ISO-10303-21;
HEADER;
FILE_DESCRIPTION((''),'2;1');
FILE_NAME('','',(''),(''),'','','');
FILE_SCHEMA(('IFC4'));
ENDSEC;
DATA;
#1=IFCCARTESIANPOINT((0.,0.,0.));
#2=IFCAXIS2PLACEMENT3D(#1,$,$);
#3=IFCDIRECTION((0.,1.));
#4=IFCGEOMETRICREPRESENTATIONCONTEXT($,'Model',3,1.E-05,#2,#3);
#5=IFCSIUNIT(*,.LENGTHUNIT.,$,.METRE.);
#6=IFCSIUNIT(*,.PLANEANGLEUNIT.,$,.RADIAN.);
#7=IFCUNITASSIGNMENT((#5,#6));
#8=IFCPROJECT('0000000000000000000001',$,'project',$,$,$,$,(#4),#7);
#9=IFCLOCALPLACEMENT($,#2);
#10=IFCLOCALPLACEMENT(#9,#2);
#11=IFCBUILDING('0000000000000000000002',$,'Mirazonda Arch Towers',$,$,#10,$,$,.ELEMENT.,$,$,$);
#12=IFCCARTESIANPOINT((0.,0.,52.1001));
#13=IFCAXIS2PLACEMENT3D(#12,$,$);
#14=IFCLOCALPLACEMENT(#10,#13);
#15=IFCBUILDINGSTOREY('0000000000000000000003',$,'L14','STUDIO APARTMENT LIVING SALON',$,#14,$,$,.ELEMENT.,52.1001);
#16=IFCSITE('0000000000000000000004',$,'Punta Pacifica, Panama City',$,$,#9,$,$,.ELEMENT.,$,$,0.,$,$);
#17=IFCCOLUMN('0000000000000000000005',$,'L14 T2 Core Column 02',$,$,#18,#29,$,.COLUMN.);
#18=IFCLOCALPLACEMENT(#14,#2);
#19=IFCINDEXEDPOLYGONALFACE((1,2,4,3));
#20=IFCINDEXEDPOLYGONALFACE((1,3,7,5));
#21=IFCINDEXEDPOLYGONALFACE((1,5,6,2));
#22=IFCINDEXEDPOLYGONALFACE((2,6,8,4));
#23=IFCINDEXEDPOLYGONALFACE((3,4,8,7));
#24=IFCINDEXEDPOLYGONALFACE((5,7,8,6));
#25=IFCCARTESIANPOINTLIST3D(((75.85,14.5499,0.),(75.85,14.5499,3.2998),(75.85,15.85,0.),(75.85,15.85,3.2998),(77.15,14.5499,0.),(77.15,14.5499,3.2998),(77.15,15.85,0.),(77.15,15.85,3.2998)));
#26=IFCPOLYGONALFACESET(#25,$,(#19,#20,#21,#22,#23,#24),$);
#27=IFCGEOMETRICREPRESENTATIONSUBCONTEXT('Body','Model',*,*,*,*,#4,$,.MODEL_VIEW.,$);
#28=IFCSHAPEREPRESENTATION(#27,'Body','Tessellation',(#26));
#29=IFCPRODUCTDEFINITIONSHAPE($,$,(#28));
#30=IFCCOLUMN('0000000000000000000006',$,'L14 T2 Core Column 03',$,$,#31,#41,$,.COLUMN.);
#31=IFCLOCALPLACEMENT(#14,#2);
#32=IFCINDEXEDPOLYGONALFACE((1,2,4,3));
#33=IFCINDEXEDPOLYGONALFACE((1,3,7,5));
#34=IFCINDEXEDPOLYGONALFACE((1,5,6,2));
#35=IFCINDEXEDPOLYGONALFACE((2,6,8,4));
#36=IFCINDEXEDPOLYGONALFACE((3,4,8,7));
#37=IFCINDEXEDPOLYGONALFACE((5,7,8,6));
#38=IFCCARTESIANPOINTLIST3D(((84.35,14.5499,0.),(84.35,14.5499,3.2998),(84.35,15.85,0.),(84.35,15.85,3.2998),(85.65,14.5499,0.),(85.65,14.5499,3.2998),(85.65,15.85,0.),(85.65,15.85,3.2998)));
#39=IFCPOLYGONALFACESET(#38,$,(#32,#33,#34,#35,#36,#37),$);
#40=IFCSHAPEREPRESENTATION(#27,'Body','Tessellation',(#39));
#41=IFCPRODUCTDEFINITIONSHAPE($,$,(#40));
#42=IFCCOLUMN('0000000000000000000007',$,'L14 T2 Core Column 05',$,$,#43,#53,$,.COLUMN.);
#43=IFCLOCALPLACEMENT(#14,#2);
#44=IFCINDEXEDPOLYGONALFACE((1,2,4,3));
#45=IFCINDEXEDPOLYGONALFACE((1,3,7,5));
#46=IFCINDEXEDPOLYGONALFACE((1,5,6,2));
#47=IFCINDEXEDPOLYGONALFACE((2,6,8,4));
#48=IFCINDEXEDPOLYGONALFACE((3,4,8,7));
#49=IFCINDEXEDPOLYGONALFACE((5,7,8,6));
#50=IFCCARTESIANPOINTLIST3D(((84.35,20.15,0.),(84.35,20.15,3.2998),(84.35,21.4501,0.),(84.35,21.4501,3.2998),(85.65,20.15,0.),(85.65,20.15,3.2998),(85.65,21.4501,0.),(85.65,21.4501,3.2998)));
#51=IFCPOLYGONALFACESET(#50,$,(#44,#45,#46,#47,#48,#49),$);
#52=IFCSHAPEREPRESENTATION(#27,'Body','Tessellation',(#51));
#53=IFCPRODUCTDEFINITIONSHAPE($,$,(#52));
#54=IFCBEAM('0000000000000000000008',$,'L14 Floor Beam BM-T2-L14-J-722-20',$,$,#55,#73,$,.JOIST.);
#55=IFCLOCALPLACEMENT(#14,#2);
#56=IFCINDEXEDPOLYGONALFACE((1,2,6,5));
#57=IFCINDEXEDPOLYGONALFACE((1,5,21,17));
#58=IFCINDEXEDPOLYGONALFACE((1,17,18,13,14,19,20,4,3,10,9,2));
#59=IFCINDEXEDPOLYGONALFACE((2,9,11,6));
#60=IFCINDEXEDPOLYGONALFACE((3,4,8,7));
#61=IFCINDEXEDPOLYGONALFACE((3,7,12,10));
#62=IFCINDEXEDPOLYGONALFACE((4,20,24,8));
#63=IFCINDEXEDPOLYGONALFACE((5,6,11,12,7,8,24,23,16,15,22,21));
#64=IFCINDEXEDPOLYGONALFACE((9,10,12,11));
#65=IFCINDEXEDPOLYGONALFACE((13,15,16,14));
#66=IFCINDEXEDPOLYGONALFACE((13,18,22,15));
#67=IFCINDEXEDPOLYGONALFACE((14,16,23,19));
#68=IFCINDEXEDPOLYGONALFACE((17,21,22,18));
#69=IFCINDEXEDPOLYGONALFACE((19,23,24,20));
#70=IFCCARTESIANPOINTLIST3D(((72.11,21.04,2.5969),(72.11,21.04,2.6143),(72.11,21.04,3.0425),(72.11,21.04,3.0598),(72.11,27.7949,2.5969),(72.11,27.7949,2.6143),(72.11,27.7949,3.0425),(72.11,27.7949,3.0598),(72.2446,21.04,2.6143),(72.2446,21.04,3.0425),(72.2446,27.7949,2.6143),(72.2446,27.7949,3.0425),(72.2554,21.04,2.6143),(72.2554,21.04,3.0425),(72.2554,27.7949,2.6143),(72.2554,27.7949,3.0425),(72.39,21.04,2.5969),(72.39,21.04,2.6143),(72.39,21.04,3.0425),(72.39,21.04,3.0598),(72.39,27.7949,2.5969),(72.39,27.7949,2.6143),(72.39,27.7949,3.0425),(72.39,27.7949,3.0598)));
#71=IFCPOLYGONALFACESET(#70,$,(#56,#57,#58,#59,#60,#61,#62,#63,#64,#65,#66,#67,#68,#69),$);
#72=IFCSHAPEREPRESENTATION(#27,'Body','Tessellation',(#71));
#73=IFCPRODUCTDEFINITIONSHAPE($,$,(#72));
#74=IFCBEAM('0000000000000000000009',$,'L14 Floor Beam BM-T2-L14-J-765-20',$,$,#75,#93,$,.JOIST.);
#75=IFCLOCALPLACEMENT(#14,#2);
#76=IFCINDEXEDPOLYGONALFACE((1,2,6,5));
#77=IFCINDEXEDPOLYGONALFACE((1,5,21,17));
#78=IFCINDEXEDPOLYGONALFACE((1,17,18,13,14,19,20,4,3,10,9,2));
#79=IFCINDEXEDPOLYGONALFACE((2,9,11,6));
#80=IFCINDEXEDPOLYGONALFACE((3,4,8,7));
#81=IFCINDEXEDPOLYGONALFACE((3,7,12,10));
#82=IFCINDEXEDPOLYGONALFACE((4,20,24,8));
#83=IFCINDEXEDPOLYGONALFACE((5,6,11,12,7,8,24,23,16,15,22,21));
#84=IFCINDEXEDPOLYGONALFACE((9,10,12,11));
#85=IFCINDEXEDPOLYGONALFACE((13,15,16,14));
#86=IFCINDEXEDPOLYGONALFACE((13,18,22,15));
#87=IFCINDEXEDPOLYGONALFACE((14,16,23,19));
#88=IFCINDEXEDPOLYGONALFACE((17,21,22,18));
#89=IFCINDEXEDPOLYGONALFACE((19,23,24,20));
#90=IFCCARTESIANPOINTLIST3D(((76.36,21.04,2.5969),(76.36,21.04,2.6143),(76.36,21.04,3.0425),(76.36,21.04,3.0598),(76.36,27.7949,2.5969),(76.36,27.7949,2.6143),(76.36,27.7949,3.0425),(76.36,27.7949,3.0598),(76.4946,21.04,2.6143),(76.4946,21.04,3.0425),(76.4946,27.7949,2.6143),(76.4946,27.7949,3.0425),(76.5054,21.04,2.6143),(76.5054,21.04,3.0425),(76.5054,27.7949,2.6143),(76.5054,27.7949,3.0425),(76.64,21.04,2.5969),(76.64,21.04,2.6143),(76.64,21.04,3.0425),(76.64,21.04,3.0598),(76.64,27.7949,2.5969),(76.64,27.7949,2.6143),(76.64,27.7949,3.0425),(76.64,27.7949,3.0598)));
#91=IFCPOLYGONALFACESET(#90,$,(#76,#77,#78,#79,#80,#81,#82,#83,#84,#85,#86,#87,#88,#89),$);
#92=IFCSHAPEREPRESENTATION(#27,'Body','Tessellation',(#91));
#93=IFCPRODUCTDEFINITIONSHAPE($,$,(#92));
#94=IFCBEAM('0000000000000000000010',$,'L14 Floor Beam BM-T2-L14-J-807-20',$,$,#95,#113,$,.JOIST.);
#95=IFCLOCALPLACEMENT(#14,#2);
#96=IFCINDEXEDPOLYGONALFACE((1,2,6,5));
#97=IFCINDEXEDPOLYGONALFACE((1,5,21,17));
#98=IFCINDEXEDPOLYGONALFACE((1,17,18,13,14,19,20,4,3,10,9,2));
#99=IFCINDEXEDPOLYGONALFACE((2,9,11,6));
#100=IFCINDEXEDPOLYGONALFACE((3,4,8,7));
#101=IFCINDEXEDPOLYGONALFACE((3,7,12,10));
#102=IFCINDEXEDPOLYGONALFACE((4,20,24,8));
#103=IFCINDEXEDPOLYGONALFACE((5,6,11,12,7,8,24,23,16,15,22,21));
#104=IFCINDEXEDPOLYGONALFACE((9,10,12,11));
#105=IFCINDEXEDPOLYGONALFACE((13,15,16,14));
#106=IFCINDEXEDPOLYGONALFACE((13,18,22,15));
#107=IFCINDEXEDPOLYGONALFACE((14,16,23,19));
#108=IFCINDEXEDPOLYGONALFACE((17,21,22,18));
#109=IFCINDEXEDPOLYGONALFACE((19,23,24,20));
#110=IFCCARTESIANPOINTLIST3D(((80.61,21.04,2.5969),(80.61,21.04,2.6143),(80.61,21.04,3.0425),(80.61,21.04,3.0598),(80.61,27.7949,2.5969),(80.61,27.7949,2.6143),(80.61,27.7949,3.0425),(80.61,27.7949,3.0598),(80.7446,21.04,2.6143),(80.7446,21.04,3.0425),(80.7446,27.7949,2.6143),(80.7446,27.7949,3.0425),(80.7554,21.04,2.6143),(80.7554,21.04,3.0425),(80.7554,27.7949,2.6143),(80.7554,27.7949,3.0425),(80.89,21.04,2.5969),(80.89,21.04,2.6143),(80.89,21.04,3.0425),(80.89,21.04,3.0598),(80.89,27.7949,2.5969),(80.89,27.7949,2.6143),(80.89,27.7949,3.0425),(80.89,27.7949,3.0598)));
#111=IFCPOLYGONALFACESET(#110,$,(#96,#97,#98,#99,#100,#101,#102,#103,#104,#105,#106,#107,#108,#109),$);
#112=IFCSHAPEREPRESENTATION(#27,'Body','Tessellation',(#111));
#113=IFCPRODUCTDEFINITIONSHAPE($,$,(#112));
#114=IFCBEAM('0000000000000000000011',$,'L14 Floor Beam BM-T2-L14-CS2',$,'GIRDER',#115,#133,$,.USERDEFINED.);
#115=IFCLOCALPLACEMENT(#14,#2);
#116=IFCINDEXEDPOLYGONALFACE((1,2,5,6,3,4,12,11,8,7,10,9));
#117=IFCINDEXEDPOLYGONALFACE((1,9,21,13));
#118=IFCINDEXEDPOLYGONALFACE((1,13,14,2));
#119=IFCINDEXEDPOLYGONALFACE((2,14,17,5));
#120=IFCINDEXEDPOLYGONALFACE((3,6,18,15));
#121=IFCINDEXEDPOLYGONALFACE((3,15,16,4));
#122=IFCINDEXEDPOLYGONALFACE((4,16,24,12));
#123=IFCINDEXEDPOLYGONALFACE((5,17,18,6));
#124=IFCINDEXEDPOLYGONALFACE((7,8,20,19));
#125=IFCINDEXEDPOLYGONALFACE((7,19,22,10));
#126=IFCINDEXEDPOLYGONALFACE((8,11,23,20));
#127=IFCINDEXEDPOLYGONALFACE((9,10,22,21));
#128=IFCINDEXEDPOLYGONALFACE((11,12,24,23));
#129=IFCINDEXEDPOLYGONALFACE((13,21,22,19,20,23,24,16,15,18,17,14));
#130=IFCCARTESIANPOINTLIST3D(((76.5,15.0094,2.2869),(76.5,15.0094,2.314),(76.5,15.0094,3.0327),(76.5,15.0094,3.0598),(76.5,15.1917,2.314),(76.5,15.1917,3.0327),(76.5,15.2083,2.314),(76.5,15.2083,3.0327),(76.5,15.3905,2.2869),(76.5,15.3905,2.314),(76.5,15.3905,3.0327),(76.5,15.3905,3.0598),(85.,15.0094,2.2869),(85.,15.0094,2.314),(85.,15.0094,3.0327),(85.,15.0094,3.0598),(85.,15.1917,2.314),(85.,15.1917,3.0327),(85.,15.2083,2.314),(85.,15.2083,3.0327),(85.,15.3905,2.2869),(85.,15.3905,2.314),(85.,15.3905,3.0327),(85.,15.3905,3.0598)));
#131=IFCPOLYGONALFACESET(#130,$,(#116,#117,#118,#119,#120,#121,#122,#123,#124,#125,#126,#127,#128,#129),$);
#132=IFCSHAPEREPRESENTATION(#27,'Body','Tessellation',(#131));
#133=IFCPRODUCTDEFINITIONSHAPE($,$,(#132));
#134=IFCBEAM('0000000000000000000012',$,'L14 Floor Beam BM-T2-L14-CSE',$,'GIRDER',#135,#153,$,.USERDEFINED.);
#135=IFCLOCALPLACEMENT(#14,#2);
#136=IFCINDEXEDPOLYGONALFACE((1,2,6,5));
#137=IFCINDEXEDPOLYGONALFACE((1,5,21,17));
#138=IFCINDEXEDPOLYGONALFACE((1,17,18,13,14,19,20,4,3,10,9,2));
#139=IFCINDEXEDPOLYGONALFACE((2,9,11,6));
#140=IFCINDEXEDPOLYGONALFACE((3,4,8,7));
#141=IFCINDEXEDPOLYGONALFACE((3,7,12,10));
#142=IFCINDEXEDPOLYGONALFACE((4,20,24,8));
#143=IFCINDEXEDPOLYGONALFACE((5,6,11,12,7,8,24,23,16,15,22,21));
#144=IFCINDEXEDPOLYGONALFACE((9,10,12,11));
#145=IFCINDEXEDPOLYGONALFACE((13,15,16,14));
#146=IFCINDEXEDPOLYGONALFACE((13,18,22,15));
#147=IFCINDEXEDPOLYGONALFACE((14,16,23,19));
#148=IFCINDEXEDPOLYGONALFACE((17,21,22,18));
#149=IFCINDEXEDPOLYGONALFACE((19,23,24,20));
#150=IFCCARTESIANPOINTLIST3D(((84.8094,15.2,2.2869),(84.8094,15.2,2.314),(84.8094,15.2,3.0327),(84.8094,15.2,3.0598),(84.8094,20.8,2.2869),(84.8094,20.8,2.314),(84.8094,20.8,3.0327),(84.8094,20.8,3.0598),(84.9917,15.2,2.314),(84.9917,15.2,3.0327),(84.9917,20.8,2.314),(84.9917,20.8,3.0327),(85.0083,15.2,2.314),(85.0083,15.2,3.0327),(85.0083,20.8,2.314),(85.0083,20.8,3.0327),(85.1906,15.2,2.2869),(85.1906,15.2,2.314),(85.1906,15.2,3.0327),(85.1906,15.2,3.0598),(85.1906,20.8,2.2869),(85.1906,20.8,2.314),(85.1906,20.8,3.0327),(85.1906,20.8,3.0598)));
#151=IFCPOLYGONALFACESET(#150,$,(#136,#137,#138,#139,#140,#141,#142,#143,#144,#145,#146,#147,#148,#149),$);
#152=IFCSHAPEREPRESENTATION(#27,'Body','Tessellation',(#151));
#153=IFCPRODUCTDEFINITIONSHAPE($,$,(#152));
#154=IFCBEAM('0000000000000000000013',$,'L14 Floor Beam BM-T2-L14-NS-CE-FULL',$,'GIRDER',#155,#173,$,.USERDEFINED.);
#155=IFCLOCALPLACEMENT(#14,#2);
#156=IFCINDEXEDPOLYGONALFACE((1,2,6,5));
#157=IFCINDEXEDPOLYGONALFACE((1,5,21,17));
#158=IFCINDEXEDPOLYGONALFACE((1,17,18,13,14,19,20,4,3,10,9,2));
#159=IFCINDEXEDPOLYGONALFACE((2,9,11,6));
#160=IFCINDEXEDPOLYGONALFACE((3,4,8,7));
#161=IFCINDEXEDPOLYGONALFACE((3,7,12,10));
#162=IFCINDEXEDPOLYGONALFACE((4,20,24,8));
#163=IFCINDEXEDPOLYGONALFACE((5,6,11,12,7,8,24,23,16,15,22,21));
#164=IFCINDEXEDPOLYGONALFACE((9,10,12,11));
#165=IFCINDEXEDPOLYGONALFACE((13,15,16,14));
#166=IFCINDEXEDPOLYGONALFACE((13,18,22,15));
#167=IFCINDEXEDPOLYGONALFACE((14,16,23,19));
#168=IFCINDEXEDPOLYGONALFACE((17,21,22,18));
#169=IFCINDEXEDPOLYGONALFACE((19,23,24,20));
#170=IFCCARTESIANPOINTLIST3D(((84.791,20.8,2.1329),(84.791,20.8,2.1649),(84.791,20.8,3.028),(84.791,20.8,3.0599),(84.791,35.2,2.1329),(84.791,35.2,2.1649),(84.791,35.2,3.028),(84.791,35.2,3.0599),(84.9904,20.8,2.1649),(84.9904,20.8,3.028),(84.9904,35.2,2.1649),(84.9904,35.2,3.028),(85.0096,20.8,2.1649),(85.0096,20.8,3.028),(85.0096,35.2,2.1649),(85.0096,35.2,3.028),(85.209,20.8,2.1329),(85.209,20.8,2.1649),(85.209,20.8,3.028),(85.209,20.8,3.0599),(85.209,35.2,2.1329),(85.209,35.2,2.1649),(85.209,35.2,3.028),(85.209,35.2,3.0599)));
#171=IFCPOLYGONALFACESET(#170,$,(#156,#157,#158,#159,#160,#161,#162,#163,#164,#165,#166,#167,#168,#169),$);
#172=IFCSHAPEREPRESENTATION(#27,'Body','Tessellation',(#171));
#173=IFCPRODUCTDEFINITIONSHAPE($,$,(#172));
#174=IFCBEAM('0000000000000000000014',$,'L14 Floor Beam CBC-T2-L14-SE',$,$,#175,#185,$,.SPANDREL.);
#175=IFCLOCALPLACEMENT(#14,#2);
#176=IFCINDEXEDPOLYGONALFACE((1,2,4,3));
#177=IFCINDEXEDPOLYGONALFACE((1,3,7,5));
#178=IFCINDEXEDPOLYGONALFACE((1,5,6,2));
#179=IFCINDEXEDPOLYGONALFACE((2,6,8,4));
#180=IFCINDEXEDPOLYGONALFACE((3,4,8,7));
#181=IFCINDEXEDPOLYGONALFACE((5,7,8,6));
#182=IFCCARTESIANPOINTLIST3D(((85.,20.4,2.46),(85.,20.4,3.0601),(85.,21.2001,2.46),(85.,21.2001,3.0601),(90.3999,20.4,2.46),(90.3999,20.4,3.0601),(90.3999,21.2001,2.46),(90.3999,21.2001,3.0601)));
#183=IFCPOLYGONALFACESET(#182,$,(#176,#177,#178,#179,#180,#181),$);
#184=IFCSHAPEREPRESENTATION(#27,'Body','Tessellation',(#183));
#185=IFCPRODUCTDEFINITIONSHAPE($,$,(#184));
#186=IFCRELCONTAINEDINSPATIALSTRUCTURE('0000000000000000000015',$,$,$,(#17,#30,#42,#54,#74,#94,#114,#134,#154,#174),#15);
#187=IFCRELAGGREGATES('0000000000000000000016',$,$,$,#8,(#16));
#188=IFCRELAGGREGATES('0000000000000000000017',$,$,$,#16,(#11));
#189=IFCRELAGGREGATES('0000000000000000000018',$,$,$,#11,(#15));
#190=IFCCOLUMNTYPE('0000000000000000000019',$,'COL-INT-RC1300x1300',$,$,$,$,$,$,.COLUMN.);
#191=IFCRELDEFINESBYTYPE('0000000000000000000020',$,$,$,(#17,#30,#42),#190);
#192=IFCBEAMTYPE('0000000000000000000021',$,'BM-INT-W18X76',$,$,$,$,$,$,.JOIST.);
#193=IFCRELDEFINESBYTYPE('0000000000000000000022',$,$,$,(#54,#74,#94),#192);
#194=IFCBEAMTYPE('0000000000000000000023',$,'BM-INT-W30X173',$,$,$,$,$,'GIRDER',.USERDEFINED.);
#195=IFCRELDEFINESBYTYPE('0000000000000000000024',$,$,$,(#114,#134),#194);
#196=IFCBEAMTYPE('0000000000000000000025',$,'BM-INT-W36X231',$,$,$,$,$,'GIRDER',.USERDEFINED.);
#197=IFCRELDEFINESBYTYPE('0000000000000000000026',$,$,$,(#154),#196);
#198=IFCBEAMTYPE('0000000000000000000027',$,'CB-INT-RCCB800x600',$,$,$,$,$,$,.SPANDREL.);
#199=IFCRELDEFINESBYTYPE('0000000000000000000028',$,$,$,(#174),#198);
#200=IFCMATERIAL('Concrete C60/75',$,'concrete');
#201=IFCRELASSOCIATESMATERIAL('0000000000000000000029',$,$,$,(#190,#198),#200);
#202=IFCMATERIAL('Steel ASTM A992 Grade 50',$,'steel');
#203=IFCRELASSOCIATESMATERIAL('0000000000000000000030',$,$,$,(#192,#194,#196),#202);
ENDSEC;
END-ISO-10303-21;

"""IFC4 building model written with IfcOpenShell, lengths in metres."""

from ifc_helpers import new_model, si_unit, direction, frame, origin, origin_2d, place, context, subcontext, project, spatial, rectangle, i_section, extrude, material, material_profile, profile_set, type_object, element, save


model = new_model("IFC4")

# Units and contexts
model_context = context("Model", 3, precision=1e-05, world=origin(), true_north=direction((0.0, 1.0)))
body_context = subcontext(model_context, "Body", "Model", "MODEL_VIEW")
ifc_project = project(units=[si_unit("LENGTHUNIT", "METRE"), si_unit("PLANEANGLEUNIT", "RADIAN")], contexts=[model_context])

# Site, building, storey
site_placement = place(None, origin())
site = spatial("IfcSite", under=ifc_project, at=site_placement, Name="Punta Pacifica, Panama City", CompositionType="ELEMENT", RefElevation=0.0)
building_placement = place(site_placement, origin())
building = spatial("IfcBuilding", under=site, at=building_placement, Name="Mirazonda Arch Towers", CompositionType="ELEMENT")
storey_placement = place(building_placement, frame((0.0, 0.0, 52.1001)))
storey = spatial("IfcBuildingStorey", under=building, at=storey_placement, Name="L14", Description="STUDIO APARTMENT LIVING SALON", CompositionType="ELEMENT", Elevation=52.1001)

# Columns
ifc_material_1 = material(Name="Concrete C60/75", Category="concrete")
ifc_material_profile_1 = material_profile(ifc_material_1, rectangle(XDim=1.3, YDim=1.3, at=origin_2d()), Name="RC1300x1300")
ifc_profile_set_1 = profile_set([ifc_material_profile_1], Name="Concrete C60/75")
column_type = type_object("IfcColumnType", Name="COL-INT-RC1300x1300", PredefinedType="COLUMN", material=ifc_profile_set_1)
for number, where, z_axis, x_axis, name in (
    (1, (76.5, 15.2, 0.0), (0.0, 0.0, 1.0), (1.0, 0.0, 0.0), "L14 T2 Core Column 02"),
    (2, (85.0, 15.2, 0.0), (0.0, 0.0, 1.0), (1.0, 0.0, 0.0), "L14 T2 Core Column 03"),
    (3, (85.0, 20.8, 0.0), (0.0, 0.0, 1.0), (1.0, 0.0, 0.0), "L14 T2 Core Column 05"),
):
    element("IfcColumn", number, at=place(storey_placement, frame(where, z_axis=z_axis, x_axis=x_axis)), inside=storey, type_object=column_type, Name=name, PredefinedType="COLUMN", context=body_context, shape_type="SweptSolid", body=[
        extrude(rectangle(XDim=1.3, YDim=1.3, at=origin_2d()), origin(), (0.0, 0.0, 1.0), 3.2998),
    ])

# Beams
ifc_material_2 = material(Name="Steel ASTM A992 Grade 50", Category="steel")
ifc_material_profile_2 = material_profile(ifc_material_2, i_section(OverallWidth=0.28, OverallDepth=0.4629, WebThickness=0.0107, FlangeThickness=0.0173, at=origin_2d()), Name="W18X76")
ifc_profile_set_2 = profile_set([ifc_material_profile_2], Name="Steel ASTM A992 Grade 50")
beam_type_1 = type_object("IfcBeamType", Name="BM-INT-W18X76", PredefinedType="JOIST", material=ifc_profile_set_2)
for number, where, z_axis, x_axis, name in (
    (4, (72.25, 21.04, 2.8284), (0.0, 1.0, 0.0), (-1.0, 0.0, 0.0), "L14 Floor Beam BM-T2-L14-J-722-20"),
    (5, (76.5, 21.04, 2.8284), (0.0, 1.0, 0.0), (-1.0, 0.0, 0.0), "L14 Floor Beam BM-T2-L14-J-765-20"),
    (6, (80.75, 21.04, 2.8284), (0.0, 1.0, 0.0), (-1.0, 0.0, 0.0), "L14 Floor Beam BM-T2-L14-J-807-20"),
):
    element("IfcBeam", number, at=place(storey_placement, frame(where, z_axis=z_axis, x_axis=x_axis)), inside=storey, type_object=beam_type_1, Name=name, PredefinedType="JOIST", context=body_context, shape_type="SweptSolid", body=[
        extrude(i_section(OverallWidth=0.28, OverallDepth=0.4629, WebThickness=0.0107, FlangeThickness=0.0173, at=origin_2d()), origin(), (0.0, 0.0, 1.0), 6.7549),
    ])
ifc_material_profile_3 = material_profile(ifc_material_2, i_section(OverallWidth=0.3811, OverallDepth=0.7729, WebThickness=0.0166, FlangeThickness=0.0271, at=origin_2d()), Name="W30X173")
ifc_profile_set_3 = profile_set([ifc_material_profile_3], Name="Steel ASTM A992 Grade 50")
beam_type_2 = type_object("IfcBeamType", Name="BM-INT-W30X173", ElementType="GIRDER", PredefinedType="USERDEFINED", material=ifc_profile_set_3)
beam_1_placement = place(storey_placement, frame((76.5, 15.2, 2.6733), z_axis=(1.0, 0.0, 0.0), x_axis=(0.0, 1.0, 0.0)))
element("IfcBeam", 7, at=beam_1_placement, inside=storey, type_object=beam_type_2, Name="L14 Floor Beam BM-T2-L14-CS2", ObjectType="GIRDER", PredefinedType="USERDEFINED", context=body_context, shape_type="SweptSolid", body=[
    extrude(i_section(OverallWidth=0.3811, OverallDepth=0.7729, WebThickness=0.0166, FlangeThickness=0.0271, at=origin_2d()), origin(), (0.0, 0.0, 1.0), 8.5),
])
beam_2_placement = place(storey_placement, frame((85.0, 15.2, 2.6733), z_axis=(0.0, 1.0, 0.0), x_axis=(-1.0, 0.0, 0.0)))
element("IfcBeam", 8, at=beam_2_placement, inside=storey, type_object=beam_type_2, Name="L14 Floor Beam BM-T2-L14-CSE", ObjectType="GIRDER", PredefinedType="USERDEFINED", context=body_context, shape_type="SweptSolid", body=[
    extrude(i_section(OverallWidth=0.3811, OverallDepth=0.7729, WebThickness=0.0166, FlangeThickness=0.0271, at=origin_2d()), origin(), (0.0, 0.0, 1.0), 5.6001),
])
ifc_material_profile_4 = material_profile(ifc_material_2, i_section(OverallWidth=0.418, OverallDepth=0.927, WebThickness=0.0193, FlangeThickness=0.032, at=origin_2d()), Name="W36X231")
ifc_profile_set_4 = profile_set([ifc_material_profile_4], Name="Steel ASTM A992 Grade 50")
beam_type_3 = type_object("IfcBeamType", Name="BM-INT-W36X231", ElementType="GIRDER", PredefinedType="USERDEFINED", material=ifc_profile_set_4)
beam_3_placement = place(storey_placement, frame((85.0, 20.8, 2.5964), z_axis=(0.0, 1.0, 0.0), x_axis=(-1.0, 0.0, 0.0)))
element("IfcBeam", 9, at=beam_3_placement, inside=storey, type_object=beam_type_3, Name="L14 Floor Beam BM-T2-L14-NS-CE-FULL", ObjectType="GIRDER", PredefinedType="USERDEFINED", context=body_context, shape_type="SweptSolid", body=[
    extrude(i_section(OverallWidth=0.418, OverallDepth=0.927, WebThickness=0.0193, FlangeThickness=0.032, at=origin_2d()), origin(), (0.0, 0.0, 1.0), 14.3999),
])
ifc_material_profile_5 = material_profile(ifc_material_1, rectangle(XDim=0.8, YDim=0.6001, at=origin_2d()), Name="RCCB800x600")
ifc_profile_set_5 = profile_set([ifc_material_profile_5], Name="Concrete C60/75")
beam_type_4 = type_object("IfcBeamType", Name="CB-INT-RCCB800x600", PredefinedType="SPANDREL", material=ifc_profile_set_5)
beam_4_placement = place(storey_placement, frame((85.0, 20.8, 2.76), z_axis=(1.0, 0.0, 0.0), x_axis=(0.0, 1.0, 0.0)))
element("IfcBeam", 10, at=beam_4_placement, inside=storey, type_object=beam_type_4, Name="L14 Floor Beam CBC-T2-L14-SE", PredefinedType="SPANDREL", context=body_context, shape_type="SweptSolid", body=[
    extrude(rectangle(XDim=0.8, YDim=0.6001, at=origin_2d()), origin(), (0.0, 0.0, 1.0), 5.3999),
])

save(model, "model.ifc")
